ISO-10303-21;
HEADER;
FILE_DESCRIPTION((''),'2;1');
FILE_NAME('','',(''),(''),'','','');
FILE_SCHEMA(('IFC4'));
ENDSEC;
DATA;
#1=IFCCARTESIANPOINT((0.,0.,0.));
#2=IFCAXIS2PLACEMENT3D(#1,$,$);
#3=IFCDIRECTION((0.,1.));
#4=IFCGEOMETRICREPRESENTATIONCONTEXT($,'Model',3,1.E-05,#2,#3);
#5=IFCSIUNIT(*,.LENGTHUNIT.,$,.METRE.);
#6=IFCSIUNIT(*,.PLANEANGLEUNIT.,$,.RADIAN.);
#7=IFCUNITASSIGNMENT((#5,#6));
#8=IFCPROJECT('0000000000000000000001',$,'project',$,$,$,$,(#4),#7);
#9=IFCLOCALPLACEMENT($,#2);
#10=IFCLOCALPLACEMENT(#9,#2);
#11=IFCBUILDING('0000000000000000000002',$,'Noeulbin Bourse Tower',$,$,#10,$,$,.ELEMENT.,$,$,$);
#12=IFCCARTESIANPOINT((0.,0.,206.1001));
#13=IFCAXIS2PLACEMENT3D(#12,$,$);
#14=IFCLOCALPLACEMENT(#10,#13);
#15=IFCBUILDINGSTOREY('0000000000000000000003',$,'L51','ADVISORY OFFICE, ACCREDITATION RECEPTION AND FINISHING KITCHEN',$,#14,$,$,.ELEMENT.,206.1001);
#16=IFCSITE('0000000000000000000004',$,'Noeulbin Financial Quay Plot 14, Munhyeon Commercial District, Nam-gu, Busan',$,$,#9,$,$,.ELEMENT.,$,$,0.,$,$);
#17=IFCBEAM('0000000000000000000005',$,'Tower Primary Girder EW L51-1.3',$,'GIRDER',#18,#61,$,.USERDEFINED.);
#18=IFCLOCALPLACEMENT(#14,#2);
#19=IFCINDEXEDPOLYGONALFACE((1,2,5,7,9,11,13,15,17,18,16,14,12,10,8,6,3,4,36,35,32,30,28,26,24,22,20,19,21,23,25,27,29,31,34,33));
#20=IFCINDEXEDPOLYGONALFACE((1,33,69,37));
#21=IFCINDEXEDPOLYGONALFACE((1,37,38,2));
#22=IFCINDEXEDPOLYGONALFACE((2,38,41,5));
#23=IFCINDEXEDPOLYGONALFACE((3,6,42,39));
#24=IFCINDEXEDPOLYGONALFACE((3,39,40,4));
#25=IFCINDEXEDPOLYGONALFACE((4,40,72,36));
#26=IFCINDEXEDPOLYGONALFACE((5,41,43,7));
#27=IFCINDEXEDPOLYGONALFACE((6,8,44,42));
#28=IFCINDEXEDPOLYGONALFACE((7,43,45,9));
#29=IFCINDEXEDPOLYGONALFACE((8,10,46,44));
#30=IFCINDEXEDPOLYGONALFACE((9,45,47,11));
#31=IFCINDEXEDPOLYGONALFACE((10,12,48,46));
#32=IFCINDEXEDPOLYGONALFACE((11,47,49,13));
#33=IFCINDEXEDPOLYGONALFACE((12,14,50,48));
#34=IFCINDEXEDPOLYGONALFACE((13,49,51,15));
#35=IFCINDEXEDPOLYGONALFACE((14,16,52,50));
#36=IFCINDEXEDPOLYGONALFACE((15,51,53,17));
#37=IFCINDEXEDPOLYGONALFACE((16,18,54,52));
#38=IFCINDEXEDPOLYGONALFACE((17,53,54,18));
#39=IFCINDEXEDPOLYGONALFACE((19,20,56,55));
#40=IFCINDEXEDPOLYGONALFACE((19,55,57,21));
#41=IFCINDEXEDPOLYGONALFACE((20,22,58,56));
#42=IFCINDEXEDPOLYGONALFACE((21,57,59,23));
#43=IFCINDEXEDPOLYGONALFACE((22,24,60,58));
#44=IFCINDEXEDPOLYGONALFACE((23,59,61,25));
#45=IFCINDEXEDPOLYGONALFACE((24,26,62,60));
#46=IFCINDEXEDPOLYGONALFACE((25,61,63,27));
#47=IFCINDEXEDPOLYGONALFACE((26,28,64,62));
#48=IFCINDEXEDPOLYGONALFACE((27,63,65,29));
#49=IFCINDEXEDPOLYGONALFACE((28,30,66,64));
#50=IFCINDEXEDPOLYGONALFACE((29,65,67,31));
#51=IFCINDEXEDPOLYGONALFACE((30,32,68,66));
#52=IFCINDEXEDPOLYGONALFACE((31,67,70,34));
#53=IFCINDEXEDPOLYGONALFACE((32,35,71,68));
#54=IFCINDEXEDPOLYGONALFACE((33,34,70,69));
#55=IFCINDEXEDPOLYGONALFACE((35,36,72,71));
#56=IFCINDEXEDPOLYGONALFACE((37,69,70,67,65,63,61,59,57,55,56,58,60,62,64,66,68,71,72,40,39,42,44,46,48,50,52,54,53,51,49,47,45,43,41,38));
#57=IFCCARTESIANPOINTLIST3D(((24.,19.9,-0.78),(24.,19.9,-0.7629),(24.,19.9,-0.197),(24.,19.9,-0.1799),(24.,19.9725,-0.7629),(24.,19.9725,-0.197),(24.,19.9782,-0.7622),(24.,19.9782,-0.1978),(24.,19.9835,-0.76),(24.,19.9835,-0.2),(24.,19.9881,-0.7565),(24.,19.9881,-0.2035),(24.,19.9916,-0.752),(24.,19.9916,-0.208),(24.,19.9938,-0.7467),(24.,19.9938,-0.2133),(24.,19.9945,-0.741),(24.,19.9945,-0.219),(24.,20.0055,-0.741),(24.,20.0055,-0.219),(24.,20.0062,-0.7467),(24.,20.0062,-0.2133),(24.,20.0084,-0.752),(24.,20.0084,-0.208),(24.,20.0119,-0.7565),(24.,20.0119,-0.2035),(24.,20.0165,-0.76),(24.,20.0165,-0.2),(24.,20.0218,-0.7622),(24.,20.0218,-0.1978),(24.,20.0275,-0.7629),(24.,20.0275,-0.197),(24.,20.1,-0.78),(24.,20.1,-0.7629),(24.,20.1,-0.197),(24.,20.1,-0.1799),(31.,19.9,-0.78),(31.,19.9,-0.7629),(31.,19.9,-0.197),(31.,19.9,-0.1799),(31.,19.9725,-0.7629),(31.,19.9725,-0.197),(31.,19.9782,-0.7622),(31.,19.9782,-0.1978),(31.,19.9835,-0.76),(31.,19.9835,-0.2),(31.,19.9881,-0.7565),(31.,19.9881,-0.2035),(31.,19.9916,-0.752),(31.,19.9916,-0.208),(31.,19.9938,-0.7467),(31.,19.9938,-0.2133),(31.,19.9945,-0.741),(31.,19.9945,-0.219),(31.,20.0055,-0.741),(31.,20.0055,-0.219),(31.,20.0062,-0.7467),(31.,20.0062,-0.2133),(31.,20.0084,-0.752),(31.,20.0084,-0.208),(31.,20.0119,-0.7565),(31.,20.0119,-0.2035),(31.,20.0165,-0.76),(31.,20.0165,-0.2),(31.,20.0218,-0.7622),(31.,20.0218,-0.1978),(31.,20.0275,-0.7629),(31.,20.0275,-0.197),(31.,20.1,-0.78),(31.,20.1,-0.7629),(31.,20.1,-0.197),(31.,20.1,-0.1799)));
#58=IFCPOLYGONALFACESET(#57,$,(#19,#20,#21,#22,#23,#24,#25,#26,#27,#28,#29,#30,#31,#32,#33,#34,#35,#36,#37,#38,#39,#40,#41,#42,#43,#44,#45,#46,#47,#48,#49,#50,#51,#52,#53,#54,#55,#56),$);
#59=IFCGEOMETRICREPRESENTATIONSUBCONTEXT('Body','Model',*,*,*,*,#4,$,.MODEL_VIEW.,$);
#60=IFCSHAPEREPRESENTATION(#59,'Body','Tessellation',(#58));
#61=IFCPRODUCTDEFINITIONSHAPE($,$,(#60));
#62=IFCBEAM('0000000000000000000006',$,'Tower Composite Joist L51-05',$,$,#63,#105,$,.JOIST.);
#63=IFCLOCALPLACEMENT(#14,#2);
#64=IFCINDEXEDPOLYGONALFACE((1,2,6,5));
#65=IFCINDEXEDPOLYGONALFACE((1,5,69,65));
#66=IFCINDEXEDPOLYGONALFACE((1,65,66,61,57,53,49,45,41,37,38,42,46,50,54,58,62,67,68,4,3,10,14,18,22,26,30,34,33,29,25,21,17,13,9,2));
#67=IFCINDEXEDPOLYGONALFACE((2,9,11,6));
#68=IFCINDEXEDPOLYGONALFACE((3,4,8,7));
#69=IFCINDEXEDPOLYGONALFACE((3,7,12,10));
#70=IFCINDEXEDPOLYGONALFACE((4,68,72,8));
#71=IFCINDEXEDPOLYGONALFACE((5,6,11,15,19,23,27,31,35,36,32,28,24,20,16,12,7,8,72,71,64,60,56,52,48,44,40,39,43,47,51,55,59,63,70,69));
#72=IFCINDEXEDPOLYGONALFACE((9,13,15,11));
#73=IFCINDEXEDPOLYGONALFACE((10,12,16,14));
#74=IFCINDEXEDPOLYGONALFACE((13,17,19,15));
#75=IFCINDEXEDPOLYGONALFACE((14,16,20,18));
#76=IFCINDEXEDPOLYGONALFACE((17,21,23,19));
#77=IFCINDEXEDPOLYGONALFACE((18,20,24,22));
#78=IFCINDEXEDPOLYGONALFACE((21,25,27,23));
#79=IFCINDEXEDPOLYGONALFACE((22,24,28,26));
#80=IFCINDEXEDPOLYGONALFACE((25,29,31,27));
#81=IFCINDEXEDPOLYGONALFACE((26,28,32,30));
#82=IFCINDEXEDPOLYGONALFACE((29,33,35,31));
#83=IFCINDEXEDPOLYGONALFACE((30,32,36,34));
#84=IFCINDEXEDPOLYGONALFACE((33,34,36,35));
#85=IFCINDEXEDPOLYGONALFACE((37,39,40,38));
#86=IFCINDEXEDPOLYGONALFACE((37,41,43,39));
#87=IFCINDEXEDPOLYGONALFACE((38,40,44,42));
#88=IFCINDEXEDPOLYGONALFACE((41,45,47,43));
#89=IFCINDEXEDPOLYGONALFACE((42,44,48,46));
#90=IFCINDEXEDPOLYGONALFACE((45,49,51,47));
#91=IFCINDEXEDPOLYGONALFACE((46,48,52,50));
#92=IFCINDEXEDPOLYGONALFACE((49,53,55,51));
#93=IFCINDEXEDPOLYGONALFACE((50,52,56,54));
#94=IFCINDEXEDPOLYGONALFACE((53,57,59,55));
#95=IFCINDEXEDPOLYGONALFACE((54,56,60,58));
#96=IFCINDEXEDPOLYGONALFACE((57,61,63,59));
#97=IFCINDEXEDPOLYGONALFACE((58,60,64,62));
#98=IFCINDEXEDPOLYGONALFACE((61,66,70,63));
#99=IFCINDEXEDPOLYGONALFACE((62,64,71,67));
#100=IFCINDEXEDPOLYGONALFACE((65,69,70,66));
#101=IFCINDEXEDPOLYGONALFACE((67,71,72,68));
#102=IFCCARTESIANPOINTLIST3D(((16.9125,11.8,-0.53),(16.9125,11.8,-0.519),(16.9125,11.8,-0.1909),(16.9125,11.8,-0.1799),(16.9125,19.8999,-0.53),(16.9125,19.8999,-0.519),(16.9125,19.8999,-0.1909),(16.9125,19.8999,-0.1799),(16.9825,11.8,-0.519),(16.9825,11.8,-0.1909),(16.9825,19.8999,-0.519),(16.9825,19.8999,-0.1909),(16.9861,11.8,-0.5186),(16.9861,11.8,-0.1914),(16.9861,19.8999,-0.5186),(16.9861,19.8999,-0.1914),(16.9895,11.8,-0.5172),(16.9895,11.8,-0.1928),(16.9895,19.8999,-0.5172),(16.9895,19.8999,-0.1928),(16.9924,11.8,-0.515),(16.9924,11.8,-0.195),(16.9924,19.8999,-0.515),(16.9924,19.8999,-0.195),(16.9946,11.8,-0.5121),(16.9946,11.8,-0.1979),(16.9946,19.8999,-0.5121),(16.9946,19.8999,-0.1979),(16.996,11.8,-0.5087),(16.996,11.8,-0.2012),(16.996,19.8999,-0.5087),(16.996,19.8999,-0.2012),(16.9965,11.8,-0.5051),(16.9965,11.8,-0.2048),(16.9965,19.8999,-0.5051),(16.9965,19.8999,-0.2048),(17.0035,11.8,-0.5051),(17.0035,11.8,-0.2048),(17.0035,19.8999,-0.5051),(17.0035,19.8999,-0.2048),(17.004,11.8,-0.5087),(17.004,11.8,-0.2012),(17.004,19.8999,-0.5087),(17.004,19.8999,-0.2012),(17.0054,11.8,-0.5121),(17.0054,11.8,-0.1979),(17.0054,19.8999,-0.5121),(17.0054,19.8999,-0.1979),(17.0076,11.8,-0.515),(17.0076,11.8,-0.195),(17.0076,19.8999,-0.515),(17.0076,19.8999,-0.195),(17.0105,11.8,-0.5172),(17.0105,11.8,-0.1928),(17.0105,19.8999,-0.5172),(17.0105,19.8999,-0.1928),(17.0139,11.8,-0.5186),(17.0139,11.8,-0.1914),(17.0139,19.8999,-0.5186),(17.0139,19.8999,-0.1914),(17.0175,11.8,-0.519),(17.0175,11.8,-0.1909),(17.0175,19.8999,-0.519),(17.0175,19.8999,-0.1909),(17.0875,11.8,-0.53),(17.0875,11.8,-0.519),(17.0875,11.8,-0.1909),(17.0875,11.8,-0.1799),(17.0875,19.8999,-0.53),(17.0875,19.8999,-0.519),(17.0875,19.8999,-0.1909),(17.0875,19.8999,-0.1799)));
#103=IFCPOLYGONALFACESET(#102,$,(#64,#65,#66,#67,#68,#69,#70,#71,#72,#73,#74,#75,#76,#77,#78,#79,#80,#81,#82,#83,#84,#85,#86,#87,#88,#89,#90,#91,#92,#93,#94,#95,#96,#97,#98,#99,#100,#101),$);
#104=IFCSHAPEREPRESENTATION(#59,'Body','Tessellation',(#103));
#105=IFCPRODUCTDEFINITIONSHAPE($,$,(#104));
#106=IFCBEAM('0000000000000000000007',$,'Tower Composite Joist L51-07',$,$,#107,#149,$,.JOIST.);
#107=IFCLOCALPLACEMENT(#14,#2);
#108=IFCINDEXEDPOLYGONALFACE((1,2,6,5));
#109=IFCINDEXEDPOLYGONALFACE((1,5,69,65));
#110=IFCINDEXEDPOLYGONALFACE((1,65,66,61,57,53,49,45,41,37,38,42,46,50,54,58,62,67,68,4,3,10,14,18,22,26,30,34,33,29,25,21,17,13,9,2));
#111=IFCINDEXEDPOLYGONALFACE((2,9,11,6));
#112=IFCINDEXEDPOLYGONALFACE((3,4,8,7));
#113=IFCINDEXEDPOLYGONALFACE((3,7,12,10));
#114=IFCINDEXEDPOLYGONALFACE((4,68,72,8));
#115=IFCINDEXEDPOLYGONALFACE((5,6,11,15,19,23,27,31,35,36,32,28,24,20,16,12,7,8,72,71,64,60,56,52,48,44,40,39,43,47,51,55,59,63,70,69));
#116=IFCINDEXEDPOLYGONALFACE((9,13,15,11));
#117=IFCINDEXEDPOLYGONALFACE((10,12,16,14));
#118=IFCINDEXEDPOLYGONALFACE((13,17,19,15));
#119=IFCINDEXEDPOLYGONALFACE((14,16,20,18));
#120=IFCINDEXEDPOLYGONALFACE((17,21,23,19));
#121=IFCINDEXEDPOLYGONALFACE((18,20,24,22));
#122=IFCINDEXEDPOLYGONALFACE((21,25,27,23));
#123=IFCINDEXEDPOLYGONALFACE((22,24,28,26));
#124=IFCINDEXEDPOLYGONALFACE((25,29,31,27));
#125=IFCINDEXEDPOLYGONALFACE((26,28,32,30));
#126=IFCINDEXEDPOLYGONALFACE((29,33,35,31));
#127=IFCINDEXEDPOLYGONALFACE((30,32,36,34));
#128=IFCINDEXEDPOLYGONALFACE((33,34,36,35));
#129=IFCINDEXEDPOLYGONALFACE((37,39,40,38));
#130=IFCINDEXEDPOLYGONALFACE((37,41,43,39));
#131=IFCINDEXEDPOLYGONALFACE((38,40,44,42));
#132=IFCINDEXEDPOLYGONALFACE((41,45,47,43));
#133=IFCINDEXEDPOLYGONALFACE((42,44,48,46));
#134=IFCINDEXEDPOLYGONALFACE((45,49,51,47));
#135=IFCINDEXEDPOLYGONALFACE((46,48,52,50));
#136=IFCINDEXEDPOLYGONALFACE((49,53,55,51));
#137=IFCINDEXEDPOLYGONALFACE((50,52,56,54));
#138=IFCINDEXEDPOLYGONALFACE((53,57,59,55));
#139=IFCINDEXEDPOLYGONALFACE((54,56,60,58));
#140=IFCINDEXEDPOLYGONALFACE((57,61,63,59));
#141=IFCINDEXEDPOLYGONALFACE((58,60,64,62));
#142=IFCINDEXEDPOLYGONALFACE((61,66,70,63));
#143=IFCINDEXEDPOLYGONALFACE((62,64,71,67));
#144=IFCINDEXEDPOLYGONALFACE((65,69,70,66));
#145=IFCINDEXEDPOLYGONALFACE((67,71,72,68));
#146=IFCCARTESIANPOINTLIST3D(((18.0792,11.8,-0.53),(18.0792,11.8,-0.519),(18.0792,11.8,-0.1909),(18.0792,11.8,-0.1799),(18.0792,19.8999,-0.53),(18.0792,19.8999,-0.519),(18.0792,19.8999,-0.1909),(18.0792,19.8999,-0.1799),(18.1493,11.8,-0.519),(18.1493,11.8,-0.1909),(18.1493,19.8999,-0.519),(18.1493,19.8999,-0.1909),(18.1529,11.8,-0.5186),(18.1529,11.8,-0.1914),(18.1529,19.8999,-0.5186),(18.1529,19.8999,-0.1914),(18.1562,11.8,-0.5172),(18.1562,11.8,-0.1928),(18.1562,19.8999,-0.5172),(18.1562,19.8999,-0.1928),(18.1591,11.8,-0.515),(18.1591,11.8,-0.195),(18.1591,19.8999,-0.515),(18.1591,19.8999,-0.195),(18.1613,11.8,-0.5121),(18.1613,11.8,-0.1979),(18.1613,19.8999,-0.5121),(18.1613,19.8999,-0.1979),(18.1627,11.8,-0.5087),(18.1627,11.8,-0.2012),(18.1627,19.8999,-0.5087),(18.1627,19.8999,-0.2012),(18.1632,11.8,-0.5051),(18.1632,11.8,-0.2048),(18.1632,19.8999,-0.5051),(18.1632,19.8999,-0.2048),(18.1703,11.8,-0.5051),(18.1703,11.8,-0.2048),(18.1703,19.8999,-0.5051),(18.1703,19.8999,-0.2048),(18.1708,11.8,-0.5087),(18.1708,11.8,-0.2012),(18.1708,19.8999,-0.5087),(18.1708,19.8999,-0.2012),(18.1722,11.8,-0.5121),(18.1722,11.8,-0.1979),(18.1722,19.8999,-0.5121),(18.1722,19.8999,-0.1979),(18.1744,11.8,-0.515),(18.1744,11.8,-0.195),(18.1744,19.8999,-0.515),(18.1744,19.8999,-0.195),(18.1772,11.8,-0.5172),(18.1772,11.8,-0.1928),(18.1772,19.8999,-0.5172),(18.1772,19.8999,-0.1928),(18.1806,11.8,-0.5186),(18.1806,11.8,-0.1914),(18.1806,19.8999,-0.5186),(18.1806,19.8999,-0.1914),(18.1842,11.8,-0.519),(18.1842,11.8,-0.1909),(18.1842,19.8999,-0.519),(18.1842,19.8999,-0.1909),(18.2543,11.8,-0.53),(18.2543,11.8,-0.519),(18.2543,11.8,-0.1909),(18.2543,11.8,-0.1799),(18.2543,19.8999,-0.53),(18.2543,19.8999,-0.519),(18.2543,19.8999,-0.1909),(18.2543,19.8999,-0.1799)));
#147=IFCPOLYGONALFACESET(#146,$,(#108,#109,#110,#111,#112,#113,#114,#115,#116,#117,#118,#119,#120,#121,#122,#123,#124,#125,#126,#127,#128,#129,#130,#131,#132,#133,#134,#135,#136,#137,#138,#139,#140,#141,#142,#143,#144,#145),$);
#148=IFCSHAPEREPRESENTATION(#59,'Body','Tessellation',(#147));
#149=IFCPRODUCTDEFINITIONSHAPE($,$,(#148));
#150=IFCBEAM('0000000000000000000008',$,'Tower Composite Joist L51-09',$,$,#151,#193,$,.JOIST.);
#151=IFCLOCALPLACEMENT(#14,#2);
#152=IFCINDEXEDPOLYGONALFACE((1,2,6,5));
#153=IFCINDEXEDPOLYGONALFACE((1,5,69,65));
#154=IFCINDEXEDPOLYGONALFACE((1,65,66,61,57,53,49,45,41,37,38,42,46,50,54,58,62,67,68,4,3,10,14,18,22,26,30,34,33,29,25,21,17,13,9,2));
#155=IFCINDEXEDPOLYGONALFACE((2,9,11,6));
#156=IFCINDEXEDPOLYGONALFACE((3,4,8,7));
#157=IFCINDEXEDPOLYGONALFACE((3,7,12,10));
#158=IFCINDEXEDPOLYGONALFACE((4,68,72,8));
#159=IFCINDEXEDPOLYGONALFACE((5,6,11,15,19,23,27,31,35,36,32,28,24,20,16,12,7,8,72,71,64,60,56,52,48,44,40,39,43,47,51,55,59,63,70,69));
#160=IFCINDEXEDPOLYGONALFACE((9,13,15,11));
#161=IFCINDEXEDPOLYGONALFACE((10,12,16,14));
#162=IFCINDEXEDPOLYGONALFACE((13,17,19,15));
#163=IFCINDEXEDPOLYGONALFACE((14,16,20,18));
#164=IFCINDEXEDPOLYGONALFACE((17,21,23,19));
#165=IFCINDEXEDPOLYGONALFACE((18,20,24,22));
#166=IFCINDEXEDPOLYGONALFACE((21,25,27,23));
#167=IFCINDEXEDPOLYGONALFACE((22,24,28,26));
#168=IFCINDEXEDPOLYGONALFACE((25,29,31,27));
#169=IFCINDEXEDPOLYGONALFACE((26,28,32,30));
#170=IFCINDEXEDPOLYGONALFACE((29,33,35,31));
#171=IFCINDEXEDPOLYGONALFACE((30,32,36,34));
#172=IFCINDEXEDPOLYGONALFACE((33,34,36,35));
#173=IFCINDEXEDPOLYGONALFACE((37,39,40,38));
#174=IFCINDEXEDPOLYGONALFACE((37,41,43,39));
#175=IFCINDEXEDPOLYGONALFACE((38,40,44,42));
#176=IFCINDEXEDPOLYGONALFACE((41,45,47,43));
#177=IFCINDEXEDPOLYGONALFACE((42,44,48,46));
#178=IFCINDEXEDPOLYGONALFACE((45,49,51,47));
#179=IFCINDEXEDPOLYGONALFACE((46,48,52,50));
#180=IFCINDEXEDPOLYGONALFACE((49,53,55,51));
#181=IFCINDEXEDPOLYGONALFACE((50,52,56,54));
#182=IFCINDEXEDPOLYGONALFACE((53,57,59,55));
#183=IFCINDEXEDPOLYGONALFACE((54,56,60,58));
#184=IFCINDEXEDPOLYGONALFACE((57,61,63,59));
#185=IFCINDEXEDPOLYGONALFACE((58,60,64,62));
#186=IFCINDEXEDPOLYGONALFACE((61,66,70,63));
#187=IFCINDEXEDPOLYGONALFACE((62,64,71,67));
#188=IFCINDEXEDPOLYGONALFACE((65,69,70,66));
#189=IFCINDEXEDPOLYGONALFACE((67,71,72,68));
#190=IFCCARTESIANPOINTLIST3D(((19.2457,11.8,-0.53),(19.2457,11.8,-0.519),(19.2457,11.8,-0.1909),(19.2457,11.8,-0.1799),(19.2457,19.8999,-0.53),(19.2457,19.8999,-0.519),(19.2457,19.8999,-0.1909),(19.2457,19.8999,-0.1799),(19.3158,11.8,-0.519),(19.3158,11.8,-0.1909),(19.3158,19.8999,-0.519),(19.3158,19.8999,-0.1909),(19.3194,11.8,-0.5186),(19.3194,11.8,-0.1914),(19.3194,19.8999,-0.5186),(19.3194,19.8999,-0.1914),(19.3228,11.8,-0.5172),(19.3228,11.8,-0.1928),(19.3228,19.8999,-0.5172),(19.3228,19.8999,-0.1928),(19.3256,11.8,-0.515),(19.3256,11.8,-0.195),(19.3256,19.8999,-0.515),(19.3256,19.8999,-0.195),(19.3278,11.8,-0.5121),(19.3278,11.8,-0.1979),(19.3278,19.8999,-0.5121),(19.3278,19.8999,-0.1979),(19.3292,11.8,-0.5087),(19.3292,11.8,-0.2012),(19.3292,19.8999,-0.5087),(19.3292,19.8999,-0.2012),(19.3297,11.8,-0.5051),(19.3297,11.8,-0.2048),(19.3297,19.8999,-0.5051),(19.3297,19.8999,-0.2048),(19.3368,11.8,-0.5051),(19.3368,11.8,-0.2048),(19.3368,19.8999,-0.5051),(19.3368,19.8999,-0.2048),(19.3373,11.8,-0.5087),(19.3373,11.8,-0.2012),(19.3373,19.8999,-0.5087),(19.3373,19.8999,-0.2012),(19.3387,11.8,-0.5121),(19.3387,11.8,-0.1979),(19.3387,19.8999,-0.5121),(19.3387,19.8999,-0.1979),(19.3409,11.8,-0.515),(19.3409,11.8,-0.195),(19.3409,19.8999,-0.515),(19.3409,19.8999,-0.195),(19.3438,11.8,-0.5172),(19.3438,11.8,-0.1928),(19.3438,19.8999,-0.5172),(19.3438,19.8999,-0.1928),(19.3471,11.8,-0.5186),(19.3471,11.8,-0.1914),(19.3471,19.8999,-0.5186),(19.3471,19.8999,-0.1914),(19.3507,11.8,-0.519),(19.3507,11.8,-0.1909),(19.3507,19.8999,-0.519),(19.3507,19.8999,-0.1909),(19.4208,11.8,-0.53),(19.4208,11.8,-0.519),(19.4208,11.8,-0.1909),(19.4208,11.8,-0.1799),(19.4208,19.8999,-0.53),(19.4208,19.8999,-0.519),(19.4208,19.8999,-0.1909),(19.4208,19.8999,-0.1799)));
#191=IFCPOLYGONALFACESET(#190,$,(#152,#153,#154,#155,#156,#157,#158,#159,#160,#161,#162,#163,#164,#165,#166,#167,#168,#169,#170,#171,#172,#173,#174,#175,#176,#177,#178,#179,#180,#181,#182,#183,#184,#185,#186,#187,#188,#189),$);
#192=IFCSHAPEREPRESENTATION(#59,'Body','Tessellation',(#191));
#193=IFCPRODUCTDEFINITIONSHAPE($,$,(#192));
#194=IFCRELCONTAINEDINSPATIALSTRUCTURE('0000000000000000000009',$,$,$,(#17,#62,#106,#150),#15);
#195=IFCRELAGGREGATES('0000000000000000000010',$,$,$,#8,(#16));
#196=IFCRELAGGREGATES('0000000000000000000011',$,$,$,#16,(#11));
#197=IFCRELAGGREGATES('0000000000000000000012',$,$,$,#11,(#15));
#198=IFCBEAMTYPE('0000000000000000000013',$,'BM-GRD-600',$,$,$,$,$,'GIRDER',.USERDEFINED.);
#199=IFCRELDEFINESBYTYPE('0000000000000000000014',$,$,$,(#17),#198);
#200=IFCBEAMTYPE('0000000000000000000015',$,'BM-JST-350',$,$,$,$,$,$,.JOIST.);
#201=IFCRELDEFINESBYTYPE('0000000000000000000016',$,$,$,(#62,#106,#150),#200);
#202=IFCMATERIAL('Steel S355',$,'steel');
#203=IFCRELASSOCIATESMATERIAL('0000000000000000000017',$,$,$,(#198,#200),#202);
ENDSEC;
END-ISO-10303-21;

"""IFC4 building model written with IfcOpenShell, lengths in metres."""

from ifc_helpers import new_model, si_unit, direction, frame, origin, origin_2d, place, context, subcontext, project, spatial, i_section, extrude, material, material_profile, profile_set, type_object, element, save


model = new_model("IFC4")

# Units and contexts
model_context = context("Model", 3, precision=1e-05, world=origin(), true_north=direction((0.0, 1.0)))
body_context = subcontext(model_context, "Body", "Model", "MODEL_VIEW")
ifc_project = project(units=[si_unit("LENGTHUNIT", "METRE"), si_unit("PLANEANGLEUNIT", "RADIAN")], contexts=[model_context])

# Site, building, storey
site_placement = place(None, origin())
site = spatial("IfcSite", under=ifc_project, at=site_placement, Name="Noeulbin Financial Quay Plot 14, Munhyeon Commercial District, Nam-gu, Busan", CompositionType="ELEMENT", RefElevation=0.0)
building_placement = place(site_placement, origin())
building = spatial("IfcBuilding", under=site, at=building_placement, Name="Noeulbin Bourse Tower", CompositionType="ELEMENT")
storey_placement = place(building_placement, frame((0.0, 0.0, 206.1001)))
storey = spatial("IfcBuildingStorey", under=building, at=storey_placement, Name="L51", Description="ADVISORY OFFICE, ACCREDITATION RECEPTION AND FINISHING KITCHEN", CompositionType="ELEMENT", Elevation=206.1001)

# Shared definitions
ifc_material_1 = material(Name="Steel S355", Category="steel")

# Beams
ifc_material_profile_1 = material_profile(ifc_material_1, i_section(OverallWidth=0.2, OverallDepth=0.6001, WebThickness=0.011, FlangeThickness=0.0171, FilletRadius=0.022, at=origin_2d()), Name="H-600x200x11x17", Category="LoadBearing")
ifc_profile_set_1 = profile_set([ifc_material_profile_1], Name="Steel S355")
beam_type_1 = type_object("IfcBeamType", Name="BM-GRD-600", ElementType="GIRDER", PredefinedType="USERDEFINED", material=ifc_profile_set_1)
beam_1_placement = place(storey_placement, frame((24.0, 20.0, -0.48), z_axis=(1.0, 0.0, 0.0), x_axis=(0.0, 1.0, 0.0)))
element("IfcBeam", 1, at=beam_1_placement, inside=storey, type_object=beam_type_1, Name="Tower Primary Girder EW L51-1.3", ObjectType="GIRDER", PredefinedType="USERDEFINED", context=body_context, shape_type="SweptSolid", body=[
    extrude(i_section(OverallWidth=0.2, OverallDepth=0.6001, WebThickness=0.011, FlangeThickness=0.0171, FilletRadius=0.022, at=origin_2d()), origin(), (0.0, 0.0, 1.0), 7.0),
])
ifc_material_profile_2 = material_profile(ifc_material_1, i_section(OverallWidth=0.175, OverallDepth=0.3501, WebThickness=0.0071, FlangeThickness=0.011, FilletRadius=0.0139, at=origin_2d()), Name="H-350x175x7x11", Category="LoadBearing")
ifc_profile_set_2 = profile_set([ifc_material_profile_2], Name="Steel S355")
beam_type_2 = type_object("IfcBeamType", Name="BM-JST-350", PredefinedType="JOIST", material=ifc_profile_set_2)
for number, where, z_axis, x_axis, name in (
    (2, (17.0, 11.8, -0.355), (0.0, 1.0, 0.0), (-1.0, 0.0, 0.0), "Tower Composite Joist L51-05"),
    (3, (18.1667, 11.8, -0.355), (0.0, 1.0, 0.0), (-1.0, 0.0, 0.0), "Tower Composite Joist L51-07"),
    (4, (19.3333, 11.8, -0.355), (0.0, 1.0, 0.0), (-1.0, 0.0, 0.0), "Tower Composite Joist L51-09"),
):
    element("IfcBeam", number, at=place(storey_placement, frame(where, z_axis=z_axis, x_axis=x_axis)), inside=storey, type_object=beam_type_2, Name=name, PredefinedType="JOIST", context=body_context, shape_type="SweptSolid", body=[
        extrude(i_section(OverallWidth=0.175, OverallDepth=0.3501, WebThickness=0.0071, FlangeThickness=0.011, FilletRadius=0.0139, at=origin_2d()), origin(), (0.0, 0.0, 1.0), 8.0999),
    ])

save(model, "model.ifc")
